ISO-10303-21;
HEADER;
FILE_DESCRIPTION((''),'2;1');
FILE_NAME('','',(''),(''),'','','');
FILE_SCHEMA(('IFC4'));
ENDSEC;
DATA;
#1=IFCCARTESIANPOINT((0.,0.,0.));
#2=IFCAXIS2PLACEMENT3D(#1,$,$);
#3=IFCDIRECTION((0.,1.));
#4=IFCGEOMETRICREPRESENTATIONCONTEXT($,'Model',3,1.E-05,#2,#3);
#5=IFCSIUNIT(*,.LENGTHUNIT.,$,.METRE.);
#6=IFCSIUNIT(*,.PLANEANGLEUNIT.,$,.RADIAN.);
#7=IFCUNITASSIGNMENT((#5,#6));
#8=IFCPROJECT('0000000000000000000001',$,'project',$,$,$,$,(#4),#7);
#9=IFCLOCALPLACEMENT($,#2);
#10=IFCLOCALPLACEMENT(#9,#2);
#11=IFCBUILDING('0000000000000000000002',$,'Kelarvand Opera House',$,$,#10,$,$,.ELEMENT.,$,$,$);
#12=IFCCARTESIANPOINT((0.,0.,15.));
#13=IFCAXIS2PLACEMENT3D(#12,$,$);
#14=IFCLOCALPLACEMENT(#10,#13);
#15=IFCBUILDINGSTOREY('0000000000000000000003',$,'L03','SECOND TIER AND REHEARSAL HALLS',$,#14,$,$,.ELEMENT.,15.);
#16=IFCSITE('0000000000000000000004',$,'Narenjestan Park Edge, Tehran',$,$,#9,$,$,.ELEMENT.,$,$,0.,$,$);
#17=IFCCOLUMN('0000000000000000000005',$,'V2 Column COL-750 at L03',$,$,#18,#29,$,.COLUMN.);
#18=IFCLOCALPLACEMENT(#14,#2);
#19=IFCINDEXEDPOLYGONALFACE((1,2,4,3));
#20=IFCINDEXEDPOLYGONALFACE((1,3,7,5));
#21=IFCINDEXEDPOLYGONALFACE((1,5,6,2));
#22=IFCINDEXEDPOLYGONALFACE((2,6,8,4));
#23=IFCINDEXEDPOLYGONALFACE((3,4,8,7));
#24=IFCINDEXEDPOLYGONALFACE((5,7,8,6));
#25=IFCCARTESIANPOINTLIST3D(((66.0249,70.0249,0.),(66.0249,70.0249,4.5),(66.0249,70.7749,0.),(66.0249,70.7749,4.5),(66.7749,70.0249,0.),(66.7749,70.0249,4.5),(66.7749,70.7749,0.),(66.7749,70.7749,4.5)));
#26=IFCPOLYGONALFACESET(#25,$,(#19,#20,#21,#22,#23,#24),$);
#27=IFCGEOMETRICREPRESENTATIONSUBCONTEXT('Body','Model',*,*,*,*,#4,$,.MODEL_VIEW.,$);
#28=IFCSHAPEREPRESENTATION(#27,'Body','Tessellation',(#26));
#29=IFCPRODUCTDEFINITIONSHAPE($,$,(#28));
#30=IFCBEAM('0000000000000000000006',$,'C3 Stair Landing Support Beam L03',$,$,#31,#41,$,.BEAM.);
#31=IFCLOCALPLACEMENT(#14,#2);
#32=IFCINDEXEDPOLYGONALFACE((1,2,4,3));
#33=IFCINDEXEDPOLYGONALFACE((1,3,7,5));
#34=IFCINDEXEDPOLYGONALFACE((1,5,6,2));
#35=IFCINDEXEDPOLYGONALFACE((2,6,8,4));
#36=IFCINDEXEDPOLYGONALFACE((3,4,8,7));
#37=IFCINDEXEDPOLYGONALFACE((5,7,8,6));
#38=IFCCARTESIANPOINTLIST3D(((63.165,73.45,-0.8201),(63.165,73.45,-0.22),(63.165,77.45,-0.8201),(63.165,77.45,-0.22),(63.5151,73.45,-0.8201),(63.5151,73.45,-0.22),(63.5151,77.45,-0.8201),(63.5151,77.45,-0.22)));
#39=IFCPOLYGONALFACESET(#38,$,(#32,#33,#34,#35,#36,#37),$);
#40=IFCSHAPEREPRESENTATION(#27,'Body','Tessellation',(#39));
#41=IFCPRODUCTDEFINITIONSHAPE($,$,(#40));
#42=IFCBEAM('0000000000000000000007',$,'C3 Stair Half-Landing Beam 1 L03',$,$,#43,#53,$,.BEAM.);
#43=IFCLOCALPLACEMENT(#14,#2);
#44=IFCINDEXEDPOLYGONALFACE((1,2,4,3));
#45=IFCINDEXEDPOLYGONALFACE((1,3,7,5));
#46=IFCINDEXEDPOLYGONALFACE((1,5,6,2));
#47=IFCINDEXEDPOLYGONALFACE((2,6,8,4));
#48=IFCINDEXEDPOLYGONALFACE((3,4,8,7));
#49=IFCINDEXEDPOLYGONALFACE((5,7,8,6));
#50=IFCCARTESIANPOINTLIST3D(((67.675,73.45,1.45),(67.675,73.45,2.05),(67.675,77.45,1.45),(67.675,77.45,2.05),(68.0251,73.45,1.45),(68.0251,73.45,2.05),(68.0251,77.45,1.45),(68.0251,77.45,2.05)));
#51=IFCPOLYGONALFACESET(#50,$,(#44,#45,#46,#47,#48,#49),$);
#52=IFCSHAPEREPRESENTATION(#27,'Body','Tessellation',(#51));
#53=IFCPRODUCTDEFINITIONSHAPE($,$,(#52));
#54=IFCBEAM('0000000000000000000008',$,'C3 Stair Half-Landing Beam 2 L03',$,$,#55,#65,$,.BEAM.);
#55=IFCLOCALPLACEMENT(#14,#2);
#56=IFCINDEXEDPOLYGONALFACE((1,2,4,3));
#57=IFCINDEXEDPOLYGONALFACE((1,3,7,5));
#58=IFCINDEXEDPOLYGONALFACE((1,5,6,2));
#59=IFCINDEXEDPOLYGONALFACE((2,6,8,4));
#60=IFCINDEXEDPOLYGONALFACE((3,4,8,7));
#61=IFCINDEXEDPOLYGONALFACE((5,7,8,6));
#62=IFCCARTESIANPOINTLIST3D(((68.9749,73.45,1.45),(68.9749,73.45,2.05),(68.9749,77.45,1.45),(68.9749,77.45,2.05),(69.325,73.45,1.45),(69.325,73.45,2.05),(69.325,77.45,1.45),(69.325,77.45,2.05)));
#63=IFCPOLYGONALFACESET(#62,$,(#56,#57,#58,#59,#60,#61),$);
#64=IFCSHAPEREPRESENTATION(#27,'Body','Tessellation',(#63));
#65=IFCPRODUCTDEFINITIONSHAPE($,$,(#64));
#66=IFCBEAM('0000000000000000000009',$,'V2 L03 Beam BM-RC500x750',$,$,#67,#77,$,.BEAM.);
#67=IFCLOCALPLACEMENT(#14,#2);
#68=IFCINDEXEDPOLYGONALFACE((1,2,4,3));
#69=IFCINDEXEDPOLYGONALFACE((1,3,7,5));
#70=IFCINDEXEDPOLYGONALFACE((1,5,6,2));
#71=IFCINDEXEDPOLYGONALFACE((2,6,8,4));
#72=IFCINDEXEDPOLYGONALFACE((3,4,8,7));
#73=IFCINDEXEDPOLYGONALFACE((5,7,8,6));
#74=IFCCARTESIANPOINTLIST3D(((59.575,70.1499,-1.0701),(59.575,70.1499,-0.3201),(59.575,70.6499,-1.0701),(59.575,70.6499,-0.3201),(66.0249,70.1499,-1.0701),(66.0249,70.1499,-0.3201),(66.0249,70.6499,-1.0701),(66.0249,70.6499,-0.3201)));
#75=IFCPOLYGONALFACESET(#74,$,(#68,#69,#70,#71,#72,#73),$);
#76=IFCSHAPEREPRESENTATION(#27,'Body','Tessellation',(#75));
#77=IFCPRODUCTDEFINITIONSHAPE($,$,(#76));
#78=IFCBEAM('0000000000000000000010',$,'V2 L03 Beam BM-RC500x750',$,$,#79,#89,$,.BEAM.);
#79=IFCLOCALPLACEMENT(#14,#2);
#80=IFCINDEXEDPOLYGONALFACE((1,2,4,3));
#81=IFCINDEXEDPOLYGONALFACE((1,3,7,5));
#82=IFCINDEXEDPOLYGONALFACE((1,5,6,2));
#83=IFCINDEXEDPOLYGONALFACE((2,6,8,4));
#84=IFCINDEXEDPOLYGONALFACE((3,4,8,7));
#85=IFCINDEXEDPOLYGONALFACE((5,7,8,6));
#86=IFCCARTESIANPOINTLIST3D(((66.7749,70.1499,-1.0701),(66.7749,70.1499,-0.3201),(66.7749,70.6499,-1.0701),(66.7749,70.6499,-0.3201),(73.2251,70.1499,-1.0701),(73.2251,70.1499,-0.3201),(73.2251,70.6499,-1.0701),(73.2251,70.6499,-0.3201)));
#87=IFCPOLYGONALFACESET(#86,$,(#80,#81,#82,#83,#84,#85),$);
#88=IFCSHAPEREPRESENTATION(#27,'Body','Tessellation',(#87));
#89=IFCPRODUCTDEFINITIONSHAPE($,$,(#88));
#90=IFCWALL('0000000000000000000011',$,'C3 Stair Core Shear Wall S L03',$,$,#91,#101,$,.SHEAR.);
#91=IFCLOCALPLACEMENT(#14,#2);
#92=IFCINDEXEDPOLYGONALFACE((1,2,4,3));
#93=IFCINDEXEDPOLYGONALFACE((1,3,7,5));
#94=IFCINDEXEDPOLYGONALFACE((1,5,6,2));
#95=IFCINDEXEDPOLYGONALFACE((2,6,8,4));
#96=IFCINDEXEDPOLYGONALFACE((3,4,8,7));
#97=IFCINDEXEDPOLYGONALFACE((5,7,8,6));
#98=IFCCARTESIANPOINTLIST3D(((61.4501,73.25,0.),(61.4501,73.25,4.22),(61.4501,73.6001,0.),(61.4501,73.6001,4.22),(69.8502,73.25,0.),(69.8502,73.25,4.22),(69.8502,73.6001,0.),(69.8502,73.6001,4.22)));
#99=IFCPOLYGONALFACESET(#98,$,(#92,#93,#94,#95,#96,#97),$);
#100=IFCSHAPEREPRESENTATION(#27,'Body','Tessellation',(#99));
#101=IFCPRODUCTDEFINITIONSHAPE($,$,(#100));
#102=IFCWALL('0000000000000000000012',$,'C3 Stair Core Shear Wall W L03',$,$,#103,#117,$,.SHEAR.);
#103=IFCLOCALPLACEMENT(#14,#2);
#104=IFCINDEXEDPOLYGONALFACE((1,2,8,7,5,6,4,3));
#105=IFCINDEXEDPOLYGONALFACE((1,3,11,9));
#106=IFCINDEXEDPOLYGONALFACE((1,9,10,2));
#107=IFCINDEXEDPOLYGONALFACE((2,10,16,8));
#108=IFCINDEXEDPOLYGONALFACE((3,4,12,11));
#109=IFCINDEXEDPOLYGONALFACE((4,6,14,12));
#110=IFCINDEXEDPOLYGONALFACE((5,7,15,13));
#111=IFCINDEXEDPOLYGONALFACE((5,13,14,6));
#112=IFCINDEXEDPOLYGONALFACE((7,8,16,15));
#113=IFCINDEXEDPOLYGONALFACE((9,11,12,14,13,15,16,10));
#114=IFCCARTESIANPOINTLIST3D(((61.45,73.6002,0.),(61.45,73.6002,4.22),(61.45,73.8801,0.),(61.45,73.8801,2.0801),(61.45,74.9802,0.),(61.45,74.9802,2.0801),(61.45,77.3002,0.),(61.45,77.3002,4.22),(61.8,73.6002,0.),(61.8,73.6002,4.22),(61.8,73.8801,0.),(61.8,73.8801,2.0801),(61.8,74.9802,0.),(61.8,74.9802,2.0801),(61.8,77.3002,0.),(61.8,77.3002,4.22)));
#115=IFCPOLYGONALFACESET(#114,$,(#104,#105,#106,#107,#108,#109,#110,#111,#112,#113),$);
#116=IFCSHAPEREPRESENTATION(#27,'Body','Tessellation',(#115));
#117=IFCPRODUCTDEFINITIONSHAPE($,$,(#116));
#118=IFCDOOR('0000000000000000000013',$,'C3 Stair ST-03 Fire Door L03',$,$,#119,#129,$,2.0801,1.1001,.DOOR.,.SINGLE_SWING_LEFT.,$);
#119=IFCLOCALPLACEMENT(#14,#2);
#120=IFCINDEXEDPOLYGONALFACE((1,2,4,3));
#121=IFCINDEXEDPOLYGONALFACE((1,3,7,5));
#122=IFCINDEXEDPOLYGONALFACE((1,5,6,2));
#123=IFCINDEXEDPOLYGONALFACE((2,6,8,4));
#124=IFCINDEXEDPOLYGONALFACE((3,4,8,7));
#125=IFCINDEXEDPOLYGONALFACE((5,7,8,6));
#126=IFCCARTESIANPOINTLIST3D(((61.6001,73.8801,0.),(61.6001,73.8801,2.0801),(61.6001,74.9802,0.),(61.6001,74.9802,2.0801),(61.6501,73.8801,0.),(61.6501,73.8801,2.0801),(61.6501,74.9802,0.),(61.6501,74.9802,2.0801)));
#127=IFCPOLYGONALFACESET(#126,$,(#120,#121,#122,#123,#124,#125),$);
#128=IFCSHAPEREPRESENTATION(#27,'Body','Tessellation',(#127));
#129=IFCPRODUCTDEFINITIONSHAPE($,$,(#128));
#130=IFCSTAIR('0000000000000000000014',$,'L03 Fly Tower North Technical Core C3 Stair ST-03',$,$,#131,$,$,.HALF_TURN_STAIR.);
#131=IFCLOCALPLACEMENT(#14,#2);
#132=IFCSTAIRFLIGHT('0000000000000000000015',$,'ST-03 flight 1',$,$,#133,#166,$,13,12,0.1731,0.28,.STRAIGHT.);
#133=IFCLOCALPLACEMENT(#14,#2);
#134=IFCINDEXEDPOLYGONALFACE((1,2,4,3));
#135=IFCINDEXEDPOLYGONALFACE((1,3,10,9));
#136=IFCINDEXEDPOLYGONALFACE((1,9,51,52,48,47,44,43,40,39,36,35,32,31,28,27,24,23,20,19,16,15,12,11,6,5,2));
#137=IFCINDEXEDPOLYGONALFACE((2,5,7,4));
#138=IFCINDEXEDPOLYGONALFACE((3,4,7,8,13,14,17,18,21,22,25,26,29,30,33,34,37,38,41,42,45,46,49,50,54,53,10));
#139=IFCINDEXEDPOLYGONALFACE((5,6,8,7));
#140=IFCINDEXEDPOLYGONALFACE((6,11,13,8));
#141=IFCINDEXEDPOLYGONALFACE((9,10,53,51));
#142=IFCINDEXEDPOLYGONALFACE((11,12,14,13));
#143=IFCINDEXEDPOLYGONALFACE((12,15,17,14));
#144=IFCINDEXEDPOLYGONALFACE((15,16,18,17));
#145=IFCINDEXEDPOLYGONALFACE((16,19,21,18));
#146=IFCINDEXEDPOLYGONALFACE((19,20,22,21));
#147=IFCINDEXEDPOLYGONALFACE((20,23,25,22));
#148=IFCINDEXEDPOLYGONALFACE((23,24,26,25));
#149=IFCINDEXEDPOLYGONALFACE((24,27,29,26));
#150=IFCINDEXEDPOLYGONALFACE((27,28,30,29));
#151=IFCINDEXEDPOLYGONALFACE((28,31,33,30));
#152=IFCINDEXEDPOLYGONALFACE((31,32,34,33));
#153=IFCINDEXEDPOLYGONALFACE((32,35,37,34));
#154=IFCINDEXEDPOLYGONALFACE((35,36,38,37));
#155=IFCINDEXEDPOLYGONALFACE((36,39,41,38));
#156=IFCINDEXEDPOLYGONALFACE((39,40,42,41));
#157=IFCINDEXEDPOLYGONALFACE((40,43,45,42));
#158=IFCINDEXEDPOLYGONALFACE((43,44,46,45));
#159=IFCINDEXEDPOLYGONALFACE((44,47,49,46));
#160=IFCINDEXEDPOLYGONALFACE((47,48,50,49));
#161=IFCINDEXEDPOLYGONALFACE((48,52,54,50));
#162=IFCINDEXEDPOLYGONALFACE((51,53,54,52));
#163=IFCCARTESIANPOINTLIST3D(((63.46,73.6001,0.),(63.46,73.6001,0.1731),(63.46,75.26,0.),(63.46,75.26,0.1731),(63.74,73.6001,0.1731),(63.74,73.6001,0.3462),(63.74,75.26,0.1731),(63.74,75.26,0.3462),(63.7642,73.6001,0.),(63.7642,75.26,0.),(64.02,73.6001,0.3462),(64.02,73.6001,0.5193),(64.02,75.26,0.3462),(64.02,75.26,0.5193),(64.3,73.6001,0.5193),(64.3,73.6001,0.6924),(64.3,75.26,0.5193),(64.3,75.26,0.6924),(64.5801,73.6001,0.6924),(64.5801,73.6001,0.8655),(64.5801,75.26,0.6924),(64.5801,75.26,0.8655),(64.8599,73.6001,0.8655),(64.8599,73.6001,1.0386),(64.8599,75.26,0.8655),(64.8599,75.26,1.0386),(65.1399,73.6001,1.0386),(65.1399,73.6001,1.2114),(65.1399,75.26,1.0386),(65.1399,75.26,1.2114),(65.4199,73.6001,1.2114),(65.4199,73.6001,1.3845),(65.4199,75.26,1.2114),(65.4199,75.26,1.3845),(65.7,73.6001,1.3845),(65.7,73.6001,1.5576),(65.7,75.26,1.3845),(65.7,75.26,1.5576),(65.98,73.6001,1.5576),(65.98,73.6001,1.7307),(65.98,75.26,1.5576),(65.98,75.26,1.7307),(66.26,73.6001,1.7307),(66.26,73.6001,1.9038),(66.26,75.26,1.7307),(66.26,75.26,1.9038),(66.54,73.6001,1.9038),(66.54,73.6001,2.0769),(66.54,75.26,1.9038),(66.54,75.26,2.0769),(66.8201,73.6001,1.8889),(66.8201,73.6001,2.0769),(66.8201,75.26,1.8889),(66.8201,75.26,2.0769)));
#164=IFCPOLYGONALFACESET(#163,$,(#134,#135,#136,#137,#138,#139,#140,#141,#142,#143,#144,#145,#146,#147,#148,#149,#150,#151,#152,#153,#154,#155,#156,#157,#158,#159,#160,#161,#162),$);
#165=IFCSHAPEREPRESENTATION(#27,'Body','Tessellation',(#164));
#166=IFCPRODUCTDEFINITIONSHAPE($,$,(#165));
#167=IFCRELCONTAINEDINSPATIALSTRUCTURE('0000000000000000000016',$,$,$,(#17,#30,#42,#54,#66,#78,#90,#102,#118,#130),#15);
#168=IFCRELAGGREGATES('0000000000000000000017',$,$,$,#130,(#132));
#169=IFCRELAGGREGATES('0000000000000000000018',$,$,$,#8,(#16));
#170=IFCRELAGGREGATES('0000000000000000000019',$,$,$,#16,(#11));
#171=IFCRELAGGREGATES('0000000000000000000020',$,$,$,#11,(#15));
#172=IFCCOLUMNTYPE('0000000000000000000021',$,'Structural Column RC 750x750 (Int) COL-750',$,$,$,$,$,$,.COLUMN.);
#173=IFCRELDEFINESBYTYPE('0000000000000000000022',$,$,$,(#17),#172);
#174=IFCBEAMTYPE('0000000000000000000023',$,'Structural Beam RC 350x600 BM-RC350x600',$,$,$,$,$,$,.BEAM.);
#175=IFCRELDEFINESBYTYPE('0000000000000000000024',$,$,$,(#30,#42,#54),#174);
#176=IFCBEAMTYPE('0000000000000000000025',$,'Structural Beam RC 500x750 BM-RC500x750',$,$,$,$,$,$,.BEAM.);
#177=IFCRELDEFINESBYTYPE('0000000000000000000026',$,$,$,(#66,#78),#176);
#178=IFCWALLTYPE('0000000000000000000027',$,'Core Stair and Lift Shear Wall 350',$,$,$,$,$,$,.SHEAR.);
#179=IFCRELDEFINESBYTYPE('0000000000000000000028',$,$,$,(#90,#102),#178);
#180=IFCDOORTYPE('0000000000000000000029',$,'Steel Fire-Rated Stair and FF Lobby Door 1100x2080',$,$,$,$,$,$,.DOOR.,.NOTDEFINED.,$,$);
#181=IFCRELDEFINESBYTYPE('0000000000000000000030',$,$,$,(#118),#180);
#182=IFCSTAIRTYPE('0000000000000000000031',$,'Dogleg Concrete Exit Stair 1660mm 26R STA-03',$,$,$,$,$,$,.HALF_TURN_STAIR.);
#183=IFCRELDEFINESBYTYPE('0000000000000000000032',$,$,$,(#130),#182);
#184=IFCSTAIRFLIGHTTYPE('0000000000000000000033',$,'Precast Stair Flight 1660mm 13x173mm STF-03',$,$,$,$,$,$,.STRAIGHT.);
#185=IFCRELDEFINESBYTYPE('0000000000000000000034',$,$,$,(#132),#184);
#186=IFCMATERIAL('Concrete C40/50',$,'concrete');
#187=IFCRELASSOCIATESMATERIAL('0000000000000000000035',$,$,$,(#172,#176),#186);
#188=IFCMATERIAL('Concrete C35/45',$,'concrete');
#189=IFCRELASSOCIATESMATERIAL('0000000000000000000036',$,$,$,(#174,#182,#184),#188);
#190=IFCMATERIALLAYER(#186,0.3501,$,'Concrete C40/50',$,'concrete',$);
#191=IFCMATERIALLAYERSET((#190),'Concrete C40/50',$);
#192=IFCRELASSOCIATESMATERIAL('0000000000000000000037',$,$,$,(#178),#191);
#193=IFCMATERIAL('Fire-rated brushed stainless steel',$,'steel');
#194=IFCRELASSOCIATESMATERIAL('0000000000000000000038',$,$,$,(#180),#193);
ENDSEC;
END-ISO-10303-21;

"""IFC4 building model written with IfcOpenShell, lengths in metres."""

from ifc_helpers import new_model, si_unit, direction, frame, frame_2d, origin, origin_2d, place, context, subcontext, project, spatial, polyline, rectangle, outline, extrude, material, layer, layer_set, material_profile, profile_set, type_object, element, fill, aggregate, save


model = new_model("IFC4")

# Units and contexts
model_context = context("Model", 3, precision=1e-05, world=origin(), true_north=direction((0.0, 1.0)))
body_context = subcontext(model_context, "Body", "Model", "MODEL_VIEW")
ifc_project = project(units=[si_unit("LENGTHUNIT", "METRE"), si_unit("PLANEANGLEUNIT", "RADIAN")], contexts=[model_context])

# Site, building, storey
site_placement = place(None, origin())
site = spatial("IfcSite", under=ifc_project, at=site_placement, Name="Narenjestan Park Edge, Tehran", CompositionType="ELEMENT", RefElevation=0.0)
building_placement = place(site_placement, origin())
building = spatial("IfcBuilding", under=site, at=building_placement, Name="Kelarvand Opera House", CompositionType="ELEMENT")
storey_placement = place(building_placement, frame((0.0, 0.0, 15.0)))
storey = spatial("IfcBuildingStorey", under=building, at=storey_placement, Name="L03", Description="SECOND TIER AND REHEARSAL HALLS", CompositionType="ELEMENT", Elevation=15.0)

# Column
ifc_material_1 = material(Name="Concrete C40/50", Category="concrete")
ifc_material_profile_1 = material_profile(ifc_material_1, rectangle(XDim=0.75, YDim=0.75, at=origin_2d()), Name="RC 750x750", Category="concrete")
ifc_profile_set_1 = profile_set([ifc_material_profile_1], Name="Concrete C40/50")
column_type = type_object("IfcColumnType", Name="Structural Column RC 750x750 (Int) COL-750", PredefinedType="COLUMN", material=ifc_profile_set_1)
column_placement = place(storey_placement, frame((66.3999, 70.3999, 0.0), z_axis=(0.0, 0.0, 1.0), x_axis=(1.0, 0.0, 0.0)))
element("IfcColumn", 1, at=column_placement, inside=storey, type_object=column_type, Name="V2 Column COL-750 at L03", PredefinedType="COLUMN", context=body_context, shape_type="SweptSolid", body=[
    extrude(rectangle(XDim=0.75, YDim=0.75, at=origin_2d()), origin(), (0.0, 0.0, 1.0), 4.5),
])

# Beams
ifc_material_2 = material(Name="Concrete C35/45", Category="concrete")
ifc_material_profile_2 = material_profile(ifc_material_2, rectangle(XDim=0.3501, YDim=0.6001, at=origin_2d()), Name="RC 350x600", Category="concrete")
ifc_profile_set_2 = profile_set([ifc_material_profile_2], Name="Concrete C35/45")
beam_type_1 = type_object("IfcBeamType", Name="Structural Beam RC 350x600 BM-RC350x600", PredefinedType="BEAM", material=ifc_profile_set_2)
for number, where, z_axis, x_axis, name in (
    (2, (63.3401, 73.45, -0.52), (0.0, 1.0, 0.0), (-1.0, 0.0, 0.0), "C3 Stair Landing Support Beam L03"),
    (3, (67.8501, 73.45, 1.75), (0.0, 1.0, 0.0), (-1.0, 0.0, 0.0), "C3 Stair Half-Landing Beam 1 L03"),
    (4, (69.1499, 73.45, 1.75), (0.0, 1.0, 0.0), (-1.0, 0.0, 0.0), "C3 Stair Half-Landing Beam 2 L03"),
):
    element("IfcBeam", number, at=place(storey_placement, frame(where, z_axis=z_axis, x_axis=x_axis)), inside=storey, type_object=beam_type_1, Name=name, PredefinedType="BEAM", context=body_context, shape_type="SweptSolid", body=[
        extrude(rectangle(XDim=0.3501, YDim=0.6001, at=origin_2d()), origin(), (0.0, 0.0, 1.0), 4.0),
    ])
ifc_material_profile_3 = material_profile(ifc_material_1, rectangle(XDim=0.5, YDim=0.75, at=origin_2d()), Name="RC 500x750", Category="concrete")
ifc_profile_set_3 = profile_set([ifc_material_profile_3], Name="Concrete C40/50")
beam_type_2 = type_object("IfcBeamType", Name="Structural Beam RC 500x750 BM-RC500x750", PredefinedType="BEAM", material=ifc_profile_set_3)
beam_1_placement = place(storey_placement, frame((59.575, 70.3999, -0.6951), z_axis=(1.0, 0.0, 0.0), x_axis=(0.0, 1.0, 0.0)))
element("IfcBeam", 5, at=beam_1_placement, inside=storey, type_object=beam_type_2, Name="V2 L03 Beam BM-RC500x750", PredefinedType="BEAM", context=body_context, shape_type="SweptSolid", body=[
    extrude(rectangle(XDim=0.5, YDim=0.75, at=origin_2d()), origin(), (0.0, 0.0, 1.0), 6.45),
])
beam_2_placement = place(storey_placement, frame((66.7749, 70.3999, -0.6951), z_axis=(1.0, 0.0, 0.0), x_axis=(0.0, 1.0, 0.0)))
element("IfcBeam", 6, at=beam_2_placement, inside=storey, type_object=beam_type_2, Name="V2 L03 Beam BM-RC500x750", PredefinedType="BEAM", context=body_context, shape_type="SweptSolid", body=[
    extrude(rectangle(XDim=0.5, YDim=0.75, at=origin_2d()), origin(), (0.0, 0.0, 1.0), 6.4502),
])

# Wall
ifc_layer = layer(ifc_material_1, 0.3501, Name="Concrete C40/50", Category="concrete")
ifc_layer_set = layer_set([ifc_layer], Name="Concrete C40/50")
wall_type = type_object("IfcWallType", Name="Core Stair and Lift Shear Wall 350", PredefinedType="SHEAR", material=ifc_layer_set)
wall_1_placement = place(storey_placement, frame((61.45, 73.425, 0.0), z_axis=(0.0, 0.0, 1.0), x_axis=(1.0, 0.0, 0.0)))
element("IfcWall", 7, at=wall_1_placement, inside=storey, type_object=wall_type, Name="C3 Stair Core Shear Wall S L03", PredefinedType="SHEAR", context=body_context, shape_type="SweptSolid", body=[
    extrude(rectangle(XDim=8.4001, YDim=0.3501, at=frame_2d((4.2002, 0.0))), origin(), (0.0, 0.0, 1.0), 4.22),
])

# Wall, opening, door
wall_2_placement = place(storey_placement, frame((61.625, 73.6001, 0.0), z_axis=(0.0, 0.0, 1.0), x_axis=(0.0, 1.0, 0.0)))
wall_2 = element("IfcWall", 8, at=wall_2_placement, inside=storey, type_object=wall_type, Name="C3 Stair Core Shear Wall W L03", PredefinedType="SHEAR", context=body_context, shape_type="SweptSolid", body=[
    extrude(rectangle(XDim=3.7, YDim=0.3501, at=frame_2d((1.8501, 0.0))), origin(), (0.0, 0.0, 1.0), 4.22),
])
opening_placement = place(wall_2_placement, frame((0.28, 0.0, 0.0)))
opening = element("IfcOpeningElement", 9, at=opening_placement, cuts=wall_2, PredefinedType="OPENING", context=body_context, shape_type="SweptSolid", body=[
    extrude(rectangle(XDim=1.1001, YDim=2.0801, at=frame_2d((0.55, 1.04))), frame((0.0, 0.1851, 0.0), z_axis=(0.0, -1.0, 0.0), x_axis=(1.0, 0.0, 0.0)), (0.0, 0.0, 1.0), 0.3701),
])
ifc_material_3 = material(Name="Fire-rated brushed stainless steel", Category="steel")
door_type = type_object("IfcDoorType", Name="Steel Fire-Rated Stair and FF Lobby Door 1100x2080", OperationType="NOTDEFINED", PredefinedType="DOOR", material=ifc_material_3)
door_placement = place(opening_placement, origin())
door = element("IfcDoor", 10, at=door_placement, inside=storey, type_object=door_type, Name="C3 Stair ST-03 Fire Door L03", OperationType="SINGLE_SWING_LEFT", OverallHeight=2.0801, OverallWidth=1.1001, PredefinedType="DOOR", context=body_context, shape_type="SweptSolid", body=[
    extrude(rectangle(XDim=1.1001, YDim=2.0801, at=frame_2d((0.55, 1.04))), frame((0.0, 0.0249, 0.0), z_axis=(0.0, -1.0, 0.0), x_axis=(1.0, 0.0, 0.0)), (0.0, 0.0, 1.0), 0.05),
])
fill(opening, door)

# Stair, stair flight
stair_type = type_object("IfcStairType", Name="Dogleg Concrete Exit Stair 1660mm 26R STA-03", PredefinedType="HALF_TURN_STAIR", material=ifc_material_2)
stair_placement = place(storey_placement, origin())
stair = element("IfcStair", 11, at=stair_placement, inside=storey, type_object=stair_type, Name="L03 Fly Tower North Technical Core C3 Stair ST-03", PredefinedType="HALF_TURN_STAIR")
stair_flight_type = type_object("IfcStairFlightType", Name="Precast Stair Flight 1660mm 13x173mm STF-03", PredefinedType="STRAIGHT", material=ifc_material_2)
stair_flight_1_placement = place(storey_placement, frame((63.46, 74.4299, 0.0), z_axis=(0.0, 0.0, 1.0), x_axis=(1.0, 0.0, 0.0)))
stair_flight_1 = element("IfcStairFlight", 12, at=stair_flight_1_placement, type_object=stair_flight_type, Name="ST-03 flight 1", NumberOfRisers=13, NumberOfTreads=12, PredefinedType="STRAIGHT", RiserHeight=0.1731, TreadLength=0.28, context=body_context, shape_type="SweptSolid", body=[
    extrude(outline(polyline([(0.0, 0.0), (0.0, 0.1731), (0.28, 0.1731), (0.28, 0.3462), (0.5601, 0.3462), (0.5601, 0.5193), (0.8401, 0.5193), (0.8401, 0.6924), (1.1201, 0.6924), (1.1201, 0.8655), (1.3999, 0.8655), (1.3999, 1.0386), (1.6799, 1.0386), (1.6799, 1.2114), (1.96, 1.2114), (1.96, 1.3845), (2.24, 1.3845), (2.24, 1.5576), (2.52, 1.5576), (2.52, 1.7307), (2.8, 1.7307), (2.8, 1.9038), (3.0801, 1.9038), (3.0801, 2.0769), (3.3601, 2.0769), (3.3601, 2.25), (3.3601, 1.8889), (0.3042, 0.0), (0.0, 0.0)])), frame((0.0, 0.8301, 0.0), z_axis=(0.0, -1.0, 0.0), x_axis=(1.0, 0.0, 0.0)), (0.0, 0.0, 1.0), 1.6599),
])
aggregate(stair, [stair_flight_1])

save(model, "model.ifc")
